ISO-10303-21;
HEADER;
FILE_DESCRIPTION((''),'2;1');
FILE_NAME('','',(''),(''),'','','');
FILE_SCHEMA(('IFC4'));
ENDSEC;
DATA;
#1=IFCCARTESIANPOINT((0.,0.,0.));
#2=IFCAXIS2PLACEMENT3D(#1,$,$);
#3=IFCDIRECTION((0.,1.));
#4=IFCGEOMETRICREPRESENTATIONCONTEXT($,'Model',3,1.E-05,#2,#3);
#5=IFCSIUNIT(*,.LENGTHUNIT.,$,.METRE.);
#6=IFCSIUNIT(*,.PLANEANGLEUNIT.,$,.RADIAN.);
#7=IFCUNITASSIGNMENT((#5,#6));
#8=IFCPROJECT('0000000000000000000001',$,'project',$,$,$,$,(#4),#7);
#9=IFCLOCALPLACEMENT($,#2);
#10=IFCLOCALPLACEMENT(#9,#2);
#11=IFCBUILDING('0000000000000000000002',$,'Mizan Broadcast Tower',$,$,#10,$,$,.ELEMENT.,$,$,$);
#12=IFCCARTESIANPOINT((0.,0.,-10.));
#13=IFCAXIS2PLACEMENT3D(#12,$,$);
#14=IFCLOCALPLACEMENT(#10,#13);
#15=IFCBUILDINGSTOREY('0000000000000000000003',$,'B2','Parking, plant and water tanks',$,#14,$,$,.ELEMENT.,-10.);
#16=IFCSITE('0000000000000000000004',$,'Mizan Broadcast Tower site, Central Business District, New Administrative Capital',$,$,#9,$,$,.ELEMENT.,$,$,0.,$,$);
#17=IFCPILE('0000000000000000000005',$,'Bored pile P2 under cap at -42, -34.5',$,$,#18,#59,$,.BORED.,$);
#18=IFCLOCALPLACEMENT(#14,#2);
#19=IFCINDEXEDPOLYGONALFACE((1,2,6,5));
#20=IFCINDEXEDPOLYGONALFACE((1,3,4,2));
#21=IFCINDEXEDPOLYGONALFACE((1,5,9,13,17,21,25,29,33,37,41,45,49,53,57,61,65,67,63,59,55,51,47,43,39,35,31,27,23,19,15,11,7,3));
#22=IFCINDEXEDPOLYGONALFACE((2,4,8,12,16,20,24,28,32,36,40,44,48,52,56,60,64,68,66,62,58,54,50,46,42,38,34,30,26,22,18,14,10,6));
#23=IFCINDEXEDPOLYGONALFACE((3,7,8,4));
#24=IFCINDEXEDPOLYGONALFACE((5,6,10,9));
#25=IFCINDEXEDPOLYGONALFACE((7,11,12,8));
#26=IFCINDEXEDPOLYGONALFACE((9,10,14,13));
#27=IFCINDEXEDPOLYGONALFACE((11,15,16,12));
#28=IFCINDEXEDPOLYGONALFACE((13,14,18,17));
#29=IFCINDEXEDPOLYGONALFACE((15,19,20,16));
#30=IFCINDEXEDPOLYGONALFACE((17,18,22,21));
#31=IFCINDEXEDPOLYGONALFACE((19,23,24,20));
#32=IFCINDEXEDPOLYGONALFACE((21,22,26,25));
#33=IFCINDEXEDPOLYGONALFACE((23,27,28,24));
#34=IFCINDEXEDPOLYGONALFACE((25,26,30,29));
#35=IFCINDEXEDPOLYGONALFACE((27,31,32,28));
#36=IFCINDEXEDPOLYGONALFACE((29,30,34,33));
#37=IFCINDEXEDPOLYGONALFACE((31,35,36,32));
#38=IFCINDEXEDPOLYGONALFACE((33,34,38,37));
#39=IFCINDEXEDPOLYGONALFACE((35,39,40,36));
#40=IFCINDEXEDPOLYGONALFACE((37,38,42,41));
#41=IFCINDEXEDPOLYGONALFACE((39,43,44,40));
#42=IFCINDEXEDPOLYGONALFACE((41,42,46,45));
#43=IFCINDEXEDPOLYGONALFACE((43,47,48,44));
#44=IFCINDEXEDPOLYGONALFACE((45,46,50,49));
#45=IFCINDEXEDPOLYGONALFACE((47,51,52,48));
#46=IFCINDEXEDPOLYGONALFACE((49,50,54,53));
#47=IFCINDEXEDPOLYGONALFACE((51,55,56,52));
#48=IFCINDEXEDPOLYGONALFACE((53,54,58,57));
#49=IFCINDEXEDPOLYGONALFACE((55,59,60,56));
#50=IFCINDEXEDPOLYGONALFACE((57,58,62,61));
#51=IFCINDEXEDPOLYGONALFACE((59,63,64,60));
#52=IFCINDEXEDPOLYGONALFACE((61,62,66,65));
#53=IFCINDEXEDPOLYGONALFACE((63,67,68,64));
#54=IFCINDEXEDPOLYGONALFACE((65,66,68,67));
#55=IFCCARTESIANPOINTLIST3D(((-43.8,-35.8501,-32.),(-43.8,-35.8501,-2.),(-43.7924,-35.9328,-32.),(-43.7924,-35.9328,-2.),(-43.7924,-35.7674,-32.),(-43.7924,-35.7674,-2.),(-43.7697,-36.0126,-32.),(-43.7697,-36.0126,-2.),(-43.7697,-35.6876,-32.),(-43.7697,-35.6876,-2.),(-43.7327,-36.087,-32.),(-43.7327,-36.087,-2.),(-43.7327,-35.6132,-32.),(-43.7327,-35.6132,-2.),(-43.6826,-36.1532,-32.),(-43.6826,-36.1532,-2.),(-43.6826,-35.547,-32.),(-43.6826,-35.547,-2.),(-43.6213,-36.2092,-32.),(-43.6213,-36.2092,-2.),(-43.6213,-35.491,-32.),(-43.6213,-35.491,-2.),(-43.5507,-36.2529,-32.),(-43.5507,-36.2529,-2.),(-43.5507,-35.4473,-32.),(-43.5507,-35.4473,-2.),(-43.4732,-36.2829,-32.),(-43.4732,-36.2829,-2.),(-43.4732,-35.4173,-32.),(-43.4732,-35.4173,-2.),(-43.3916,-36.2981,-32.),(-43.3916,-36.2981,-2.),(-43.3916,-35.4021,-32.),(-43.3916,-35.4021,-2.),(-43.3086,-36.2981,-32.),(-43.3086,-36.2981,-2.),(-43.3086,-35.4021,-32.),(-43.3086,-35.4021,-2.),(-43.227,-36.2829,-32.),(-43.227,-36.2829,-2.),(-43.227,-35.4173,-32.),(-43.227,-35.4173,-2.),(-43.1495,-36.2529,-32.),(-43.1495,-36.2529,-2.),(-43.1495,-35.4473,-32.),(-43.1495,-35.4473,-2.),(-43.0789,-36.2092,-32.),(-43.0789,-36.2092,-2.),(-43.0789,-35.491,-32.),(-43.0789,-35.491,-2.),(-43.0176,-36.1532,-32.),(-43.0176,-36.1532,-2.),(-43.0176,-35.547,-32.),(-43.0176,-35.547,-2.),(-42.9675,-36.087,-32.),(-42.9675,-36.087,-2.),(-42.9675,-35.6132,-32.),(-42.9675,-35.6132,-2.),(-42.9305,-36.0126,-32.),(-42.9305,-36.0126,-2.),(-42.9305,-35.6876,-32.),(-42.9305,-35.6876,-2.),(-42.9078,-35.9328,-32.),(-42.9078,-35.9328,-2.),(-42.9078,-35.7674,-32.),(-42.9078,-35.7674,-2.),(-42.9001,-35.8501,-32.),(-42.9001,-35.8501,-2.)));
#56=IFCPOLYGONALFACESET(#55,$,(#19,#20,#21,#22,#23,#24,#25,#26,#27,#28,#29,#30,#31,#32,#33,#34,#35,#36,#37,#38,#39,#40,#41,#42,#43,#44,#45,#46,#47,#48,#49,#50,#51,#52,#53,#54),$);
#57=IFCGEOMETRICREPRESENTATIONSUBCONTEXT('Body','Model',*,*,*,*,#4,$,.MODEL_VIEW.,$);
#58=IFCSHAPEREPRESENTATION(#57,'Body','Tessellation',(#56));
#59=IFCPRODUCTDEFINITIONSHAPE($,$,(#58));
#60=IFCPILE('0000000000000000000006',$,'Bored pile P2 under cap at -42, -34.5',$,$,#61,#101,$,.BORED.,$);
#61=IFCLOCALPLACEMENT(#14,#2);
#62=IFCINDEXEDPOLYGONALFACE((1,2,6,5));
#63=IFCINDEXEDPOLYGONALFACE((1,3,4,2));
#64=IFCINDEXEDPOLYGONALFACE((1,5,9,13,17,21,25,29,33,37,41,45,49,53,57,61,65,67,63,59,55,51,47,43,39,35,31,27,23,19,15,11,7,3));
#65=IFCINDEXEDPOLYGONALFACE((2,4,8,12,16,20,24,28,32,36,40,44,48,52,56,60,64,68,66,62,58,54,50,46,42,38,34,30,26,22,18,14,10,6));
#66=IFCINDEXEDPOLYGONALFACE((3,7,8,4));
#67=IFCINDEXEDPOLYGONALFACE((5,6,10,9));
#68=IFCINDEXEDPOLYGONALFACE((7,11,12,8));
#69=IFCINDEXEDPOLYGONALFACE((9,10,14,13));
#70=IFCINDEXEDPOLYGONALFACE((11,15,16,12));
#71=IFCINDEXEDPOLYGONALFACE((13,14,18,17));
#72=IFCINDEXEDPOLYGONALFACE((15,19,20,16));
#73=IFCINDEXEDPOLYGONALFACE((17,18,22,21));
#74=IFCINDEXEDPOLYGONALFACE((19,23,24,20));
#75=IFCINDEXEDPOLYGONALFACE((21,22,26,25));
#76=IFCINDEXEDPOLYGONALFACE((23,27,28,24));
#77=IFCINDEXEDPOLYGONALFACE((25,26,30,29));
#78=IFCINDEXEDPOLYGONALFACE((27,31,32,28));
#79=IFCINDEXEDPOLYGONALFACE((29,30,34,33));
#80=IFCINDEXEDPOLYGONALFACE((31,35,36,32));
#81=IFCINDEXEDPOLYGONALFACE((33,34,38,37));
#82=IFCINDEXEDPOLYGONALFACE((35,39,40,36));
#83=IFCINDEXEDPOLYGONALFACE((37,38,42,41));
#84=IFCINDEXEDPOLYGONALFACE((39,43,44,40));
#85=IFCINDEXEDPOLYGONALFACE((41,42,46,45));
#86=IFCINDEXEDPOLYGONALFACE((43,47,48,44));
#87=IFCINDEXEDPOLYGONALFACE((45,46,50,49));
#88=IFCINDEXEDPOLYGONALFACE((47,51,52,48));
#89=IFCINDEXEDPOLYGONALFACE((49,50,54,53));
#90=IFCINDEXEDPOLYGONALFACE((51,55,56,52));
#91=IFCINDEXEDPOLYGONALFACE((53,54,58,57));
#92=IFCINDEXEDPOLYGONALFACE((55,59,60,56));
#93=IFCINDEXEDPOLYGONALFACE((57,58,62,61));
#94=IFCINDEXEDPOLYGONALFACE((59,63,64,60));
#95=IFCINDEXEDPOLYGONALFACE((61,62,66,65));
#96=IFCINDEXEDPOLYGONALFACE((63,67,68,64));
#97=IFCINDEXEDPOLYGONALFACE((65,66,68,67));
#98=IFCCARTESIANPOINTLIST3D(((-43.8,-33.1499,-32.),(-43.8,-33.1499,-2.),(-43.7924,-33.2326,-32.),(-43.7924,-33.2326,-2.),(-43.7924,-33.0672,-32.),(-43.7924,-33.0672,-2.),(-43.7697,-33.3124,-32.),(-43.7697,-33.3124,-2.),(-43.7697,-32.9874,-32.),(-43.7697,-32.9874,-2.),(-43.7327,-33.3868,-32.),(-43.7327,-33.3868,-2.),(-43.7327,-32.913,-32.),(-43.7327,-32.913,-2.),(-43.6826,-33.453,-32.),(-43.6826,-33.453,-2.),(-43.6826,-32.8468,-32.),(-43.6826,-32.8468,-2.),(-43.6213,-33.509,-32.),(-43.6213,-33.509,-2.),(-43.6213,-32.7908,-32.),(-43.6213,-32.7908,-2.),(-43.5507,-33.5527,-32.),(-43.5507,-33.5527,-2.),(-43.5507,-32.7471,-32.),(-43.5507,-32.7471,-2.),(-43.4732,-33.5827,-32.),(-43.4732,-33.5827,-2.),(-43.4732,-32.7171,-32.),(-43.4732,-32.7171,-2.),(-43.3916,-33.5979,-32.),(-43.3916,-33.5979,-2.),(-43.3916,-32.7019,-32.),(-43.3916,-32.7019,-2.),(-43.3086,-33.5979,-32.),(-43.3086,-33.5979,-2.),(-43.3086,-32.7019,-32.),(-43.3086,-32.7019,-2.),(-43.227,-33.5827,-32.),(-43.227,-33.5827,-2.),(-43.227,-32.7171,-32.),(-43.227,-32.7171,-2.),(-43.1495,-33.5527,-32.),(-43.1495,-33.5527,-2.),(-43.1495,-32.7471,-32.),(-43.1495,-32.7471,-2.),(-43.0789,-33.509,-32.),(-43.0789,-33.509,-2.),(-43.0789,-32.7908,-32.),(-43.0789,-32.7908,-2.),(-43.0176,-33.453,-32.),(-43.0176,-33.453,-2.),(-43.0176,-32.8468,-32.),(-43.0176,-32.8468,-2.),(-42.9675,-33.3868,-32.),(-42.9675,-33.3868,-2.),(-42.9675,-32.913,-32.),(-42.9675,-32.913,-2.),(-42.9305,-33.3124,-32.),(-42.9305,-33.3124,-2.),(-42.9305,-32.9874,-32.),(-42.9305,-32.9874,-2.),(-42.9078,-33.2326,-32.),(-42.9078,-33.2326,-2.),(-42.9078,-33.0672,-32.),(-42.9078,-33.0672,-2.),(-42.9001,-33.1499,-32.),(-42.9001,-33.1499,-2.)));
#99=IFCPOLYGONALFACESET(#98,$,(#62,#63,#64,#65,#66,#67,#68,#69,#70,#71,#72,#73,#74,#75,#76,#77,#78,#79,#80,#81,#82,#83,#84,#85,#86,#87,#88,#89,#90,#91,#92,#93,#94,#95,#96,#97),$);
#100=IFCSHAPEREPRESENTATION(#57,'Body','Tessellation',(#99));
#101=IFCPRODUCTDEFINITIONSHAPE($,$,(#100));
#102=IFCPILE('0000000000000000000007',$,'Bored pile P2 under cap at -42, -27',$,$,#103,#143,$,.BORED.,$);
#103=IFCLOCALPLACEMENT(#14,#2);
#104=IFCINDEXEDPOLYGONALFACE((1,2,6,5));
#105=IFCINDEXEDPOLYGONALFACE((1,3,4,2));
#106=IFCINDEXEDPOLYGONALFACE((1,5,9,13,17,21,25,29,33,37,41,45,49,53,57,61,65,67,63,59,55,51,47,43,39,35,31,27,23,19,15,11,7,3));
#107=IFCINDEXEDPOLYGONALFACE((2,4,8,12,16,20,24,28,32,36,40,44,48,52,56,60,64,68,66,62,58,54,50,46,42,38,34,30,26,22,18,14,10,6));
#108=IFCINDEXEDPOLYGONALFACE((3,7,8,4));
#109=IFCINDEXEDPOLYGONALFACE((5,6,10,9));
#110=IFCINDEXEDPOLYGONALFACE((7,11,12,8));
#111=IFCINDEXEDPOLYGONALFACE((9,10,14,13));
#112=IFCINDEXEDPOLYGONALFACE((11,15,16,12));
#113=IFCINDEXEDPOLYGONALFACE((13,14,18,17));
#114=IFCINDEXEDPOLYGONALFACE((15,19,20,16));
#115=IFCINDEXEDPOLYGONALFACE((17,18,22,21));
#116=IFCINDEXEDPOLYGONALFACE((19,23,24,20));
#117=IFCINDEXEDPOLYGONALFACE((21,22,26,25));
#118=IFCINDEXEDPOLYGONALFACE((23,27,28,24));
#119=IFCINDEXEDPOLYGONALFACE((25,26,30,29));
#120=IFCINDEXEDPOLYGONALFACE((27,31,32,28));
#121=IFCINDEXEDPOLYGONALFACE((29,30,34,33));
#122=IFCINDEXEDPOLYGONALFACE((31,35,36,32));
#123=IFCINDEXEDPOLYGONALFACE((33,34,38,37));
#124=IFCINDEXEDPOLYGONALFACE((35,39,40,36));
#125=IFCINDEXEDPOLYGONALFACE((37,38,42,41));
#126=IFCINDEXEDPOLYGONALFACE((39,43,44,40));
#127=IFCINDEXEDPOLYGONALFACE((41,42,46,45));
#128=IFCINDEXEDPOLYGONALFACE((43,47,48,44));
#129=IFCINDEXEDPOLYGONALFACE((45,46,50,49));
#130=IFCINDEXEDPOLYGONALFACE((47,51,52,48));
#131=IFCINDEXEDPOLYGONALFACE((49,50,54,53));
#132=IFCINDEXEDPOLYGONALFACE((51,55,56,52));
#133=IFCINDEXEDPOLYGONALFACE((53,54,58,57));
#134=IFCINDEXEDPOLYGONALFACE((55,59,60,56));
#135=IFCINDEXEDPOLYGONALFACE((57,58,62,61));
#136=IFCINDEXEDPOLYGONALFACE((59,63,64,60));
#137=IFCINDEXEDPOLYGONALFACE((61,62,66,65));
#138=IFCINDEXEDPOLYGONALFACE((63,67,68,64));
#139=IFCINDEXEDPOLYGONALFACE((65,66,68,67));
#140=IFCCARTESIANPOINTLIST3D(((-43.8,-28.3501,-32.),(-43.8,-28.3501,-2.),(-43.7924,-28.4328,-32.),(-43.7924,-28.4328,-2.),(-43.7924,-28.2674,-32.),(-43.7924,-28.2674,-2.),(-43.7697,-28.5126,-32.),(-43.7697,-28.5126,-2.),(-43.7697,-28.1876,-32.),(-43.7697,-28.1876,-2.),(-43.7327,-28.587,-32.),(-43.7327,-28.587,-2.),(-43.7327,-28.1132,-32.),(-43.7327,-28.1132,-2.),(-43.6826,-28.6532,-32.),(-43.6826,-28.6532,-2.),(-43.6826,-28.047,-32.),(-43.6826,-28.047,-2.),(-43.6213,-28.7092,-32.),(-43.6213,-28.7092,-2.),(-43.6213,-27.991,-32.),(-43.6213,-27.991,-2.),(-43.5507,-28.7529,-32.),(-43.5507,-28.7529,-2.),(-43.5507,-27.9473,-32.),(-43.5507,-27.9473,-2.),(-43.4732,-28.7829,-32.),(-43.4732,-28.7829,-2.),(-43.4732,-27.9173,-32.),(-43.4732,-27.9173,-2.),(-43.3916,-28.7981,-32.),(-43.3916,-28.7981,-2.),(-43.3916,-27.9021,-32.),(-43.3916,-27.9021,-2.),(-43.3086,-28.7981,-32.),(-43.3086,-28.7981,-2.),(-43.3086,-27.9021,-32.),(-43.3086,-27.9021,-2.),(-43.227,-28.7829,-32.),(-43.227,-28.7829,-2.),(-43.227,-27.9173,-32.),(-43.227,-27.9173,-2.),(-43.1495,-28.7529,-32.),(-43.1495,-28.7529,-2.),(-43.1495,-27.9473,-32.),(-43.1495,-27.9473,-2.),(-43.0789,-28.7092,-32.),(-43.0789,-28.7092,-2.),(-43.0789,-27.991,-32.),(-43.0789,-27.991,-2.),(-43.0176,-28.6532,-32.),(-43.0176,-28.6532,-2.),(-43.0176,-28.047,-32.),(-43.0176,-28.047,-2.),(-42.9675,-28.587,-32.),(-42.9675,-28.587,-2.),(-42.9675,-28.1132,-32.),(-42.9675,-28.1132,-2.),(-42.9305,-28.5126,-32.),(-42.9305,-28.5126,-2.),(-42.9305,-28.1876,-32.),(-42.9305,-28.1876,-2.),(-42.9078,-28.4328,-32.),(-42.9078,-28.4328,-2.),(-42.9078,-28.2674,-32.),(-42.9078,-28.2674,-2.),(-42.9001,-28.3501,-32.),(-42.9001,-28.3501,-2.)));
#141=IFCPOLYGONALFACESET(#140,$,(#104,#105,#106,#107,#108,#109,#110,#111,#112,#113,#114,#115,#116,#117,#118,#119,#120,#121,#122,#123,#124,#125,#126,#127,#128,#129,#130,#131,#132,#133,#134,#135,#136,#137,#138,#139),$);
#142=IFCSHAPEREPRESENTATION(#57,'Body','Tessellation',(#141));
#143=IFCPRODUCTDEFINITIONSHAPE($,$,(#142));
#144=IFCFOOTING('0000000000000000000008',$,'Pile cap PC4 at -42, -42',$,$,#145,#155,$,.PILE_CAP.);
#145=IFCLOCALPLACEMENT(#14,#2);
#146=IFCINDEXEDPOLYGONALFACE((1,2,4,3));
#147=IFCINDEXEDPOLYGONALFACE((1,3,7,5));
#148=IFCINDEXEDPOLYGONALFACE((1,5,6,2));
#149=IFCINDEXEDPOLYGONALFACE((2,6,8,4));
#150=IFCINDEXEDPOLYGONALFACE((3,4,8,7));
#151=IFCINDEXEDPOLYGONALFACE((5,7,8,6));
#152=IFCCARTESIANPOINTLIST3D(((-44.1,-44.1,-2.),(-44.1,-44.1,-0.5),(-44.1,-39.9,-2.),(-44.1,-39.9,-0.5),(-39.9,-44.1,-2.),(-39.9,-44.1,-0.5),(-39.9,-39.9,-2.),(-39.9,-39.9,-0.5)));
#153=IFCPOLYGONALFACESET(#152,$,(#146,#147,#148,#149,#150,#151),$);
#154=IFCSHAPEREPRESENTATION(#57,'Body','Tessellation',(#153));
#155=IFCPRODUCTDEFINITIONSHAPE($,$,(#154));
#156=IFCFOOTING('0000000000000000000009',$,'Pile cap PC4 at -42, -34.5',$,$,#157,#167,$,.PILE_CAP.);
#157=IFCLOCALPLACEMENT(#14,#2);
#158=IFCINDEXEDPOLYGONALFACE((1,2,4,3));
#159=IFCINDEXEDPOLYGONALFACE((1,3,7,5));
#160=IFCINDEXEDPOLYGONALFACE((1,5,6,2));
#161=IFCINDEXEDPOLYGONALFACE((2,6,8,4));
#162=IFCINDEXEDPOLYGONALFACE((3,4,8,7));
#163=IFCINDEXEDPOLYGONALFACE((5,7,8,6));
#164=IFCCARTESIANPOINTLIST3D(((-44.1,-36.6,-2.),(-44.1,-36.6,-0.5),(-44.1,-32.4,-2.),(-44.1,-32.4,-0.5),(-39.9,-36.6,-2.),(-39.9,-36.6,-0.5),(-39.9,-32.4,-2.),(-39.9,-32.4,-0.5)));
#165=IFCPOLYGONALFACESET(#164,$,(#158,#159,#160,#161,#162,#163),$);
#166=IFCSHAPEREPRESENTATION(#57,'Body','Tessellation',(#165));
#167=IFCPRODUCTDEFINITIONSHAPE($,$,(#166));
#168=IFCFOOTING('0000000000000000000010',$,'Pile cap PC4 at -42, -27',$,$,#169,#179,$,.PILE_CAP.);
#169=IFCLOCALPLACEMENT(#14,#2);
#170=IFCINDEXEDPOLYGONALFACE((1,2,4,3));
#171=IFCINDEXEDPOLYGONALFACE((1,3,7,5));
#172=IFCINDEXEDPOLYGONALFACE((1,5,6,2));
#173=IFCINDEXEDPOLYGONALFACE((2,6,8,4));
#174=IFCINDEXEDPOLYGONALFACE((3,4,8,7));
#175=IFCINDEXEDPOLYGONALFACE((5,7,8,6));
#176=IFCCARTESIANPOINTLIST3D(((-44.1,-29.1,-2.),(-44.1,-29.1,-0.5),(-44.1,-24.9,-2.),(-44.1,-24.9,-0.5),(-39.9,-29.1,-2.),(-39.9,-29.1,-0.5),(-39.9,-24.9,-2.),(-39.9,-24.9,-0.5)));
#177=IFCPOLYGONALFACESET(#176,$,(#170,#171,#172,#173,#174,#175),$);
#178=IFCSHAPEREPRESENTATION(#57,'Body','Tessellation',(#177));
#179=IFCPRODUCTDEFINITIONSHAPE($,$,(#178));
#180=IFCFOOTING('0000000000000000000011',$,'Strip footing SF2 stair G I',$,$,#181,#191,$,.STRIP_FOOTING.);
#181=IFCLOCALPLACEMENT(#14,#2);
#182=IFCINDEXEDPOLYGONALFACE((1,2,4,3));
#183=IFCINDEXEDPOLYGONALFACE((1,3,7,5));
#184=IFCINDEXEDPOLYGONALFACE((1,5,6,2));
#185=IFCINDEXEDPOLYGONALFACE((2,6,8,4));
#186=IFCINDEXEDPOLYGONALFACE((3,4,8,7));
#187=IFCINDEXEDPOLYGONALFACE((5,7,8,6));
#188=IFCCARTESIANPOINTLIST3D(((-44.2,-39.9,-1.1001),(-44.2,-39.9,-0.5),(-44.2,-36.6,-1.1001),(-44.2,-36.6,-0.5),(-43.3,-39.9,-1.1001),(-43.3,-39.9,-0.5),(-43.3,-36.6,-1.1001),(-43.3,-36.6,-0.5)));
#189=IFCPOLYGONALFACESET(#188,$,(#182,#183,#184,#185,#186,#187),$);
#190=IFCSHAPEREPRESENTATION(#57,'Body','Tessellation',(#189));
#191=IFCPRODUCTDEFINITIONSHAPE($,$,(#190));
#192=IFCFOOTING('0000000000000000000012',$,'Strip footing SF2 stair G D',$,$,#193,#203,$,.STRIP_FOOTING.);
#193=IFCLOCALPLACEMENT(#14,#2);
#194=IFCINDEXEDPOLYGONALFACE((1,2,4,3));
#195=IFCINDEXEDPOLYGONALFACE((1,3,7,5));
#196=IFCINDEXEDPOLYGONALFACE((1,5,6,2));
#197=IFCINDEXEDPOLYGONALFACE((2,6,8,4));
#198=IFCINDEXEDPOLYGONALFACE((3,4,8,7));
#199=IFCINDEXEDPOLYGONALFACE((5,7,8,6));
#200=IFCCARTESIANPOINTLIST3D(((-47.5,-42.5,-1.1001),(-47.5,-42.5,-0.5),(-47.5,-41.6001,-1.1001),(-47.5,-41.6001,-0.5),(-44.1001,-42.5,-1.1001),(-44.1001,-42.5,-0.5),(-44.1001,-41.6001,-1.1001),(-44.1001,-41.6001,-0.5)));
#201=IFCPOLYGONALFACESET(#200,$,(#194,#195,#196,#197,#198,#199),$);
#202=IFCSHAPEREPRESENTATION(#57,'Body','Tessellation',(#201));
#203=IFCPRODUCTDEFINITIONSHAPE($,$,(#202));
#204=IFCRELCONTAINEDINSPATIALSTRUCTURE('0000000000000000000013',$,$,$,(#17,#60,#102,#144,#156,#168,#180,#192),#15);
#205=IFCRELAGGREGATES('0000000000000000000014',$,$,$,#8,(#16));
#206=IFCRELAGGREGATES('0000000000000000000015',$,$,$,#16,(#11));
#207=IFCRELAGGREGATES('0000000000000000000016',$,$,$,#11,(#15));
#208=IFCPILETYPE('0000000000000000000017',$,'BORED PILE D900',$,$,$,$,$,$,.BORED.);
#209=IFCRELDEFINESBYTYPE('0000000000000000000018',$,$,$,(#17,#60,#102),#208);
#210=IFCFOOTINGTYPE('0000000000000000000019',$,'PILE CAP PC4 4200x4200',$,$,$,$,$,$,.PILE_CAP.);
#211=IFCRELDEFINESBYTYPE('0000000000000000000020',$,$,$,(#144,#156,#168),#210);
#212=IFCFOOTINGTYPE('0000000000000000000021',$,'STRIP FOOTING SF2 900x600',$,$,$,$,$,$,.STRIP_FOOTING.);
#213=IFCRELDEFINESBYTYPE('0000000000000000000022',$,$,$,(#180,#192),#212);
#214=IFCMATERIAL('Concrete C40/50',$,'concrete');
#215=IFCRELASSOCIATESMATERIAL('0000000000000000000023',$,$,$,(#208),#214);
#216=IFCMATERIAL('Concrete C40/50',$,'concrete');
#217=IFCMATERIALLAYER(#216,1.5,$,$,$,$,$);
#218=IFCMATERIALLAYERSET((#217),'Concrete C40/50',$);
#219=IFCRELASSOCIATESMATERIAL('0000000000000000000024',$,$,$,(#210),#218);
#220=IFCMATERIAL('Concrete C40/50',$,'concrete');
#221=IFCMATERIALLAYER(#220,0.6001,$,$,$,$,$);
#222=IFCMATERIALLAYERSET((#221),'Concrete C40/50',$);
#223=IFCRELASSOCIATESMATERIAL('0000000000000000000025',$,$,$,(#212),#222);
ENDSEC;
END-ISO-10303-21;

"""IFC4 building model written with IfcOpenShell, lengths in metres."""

from ifc_helpers import new_model, si_unit, direction, frame, origin, origin_2d, place, context, subcontext, project, spatial, rectangle, circle, extrude, material, layer, layer_set, material_profile, profile_set, type_object, element, save


model = new_model("IFC4")

# Units and contexts
model_context = context("Model", 3, precision=1e-05, world=origin(), true_north=direction((0.0, 1.0)))
body_context = subcontext(model_context, "Body", "Model", "MODEL_VIEW")
ifc_project = project(units=[si_unit("LENGTHUNIT", "METRE"), si_unit("PLANEANGLEUNIT", "RADIAN")], contexts=[model_context])

# Site, building, storey
site_placement = place(None, origin())
site = spatial("IfcSite", under=ifc_project, at=site_placement, Name="Mizan Broadcast Tower site, Central Business District, New Administrative Capital", CompositionType="ELEMENT", RefElevation=0.0)
building_placement = place(site_placement, origin())
building = spatial("IfcBuilding", under=site, at=building_placement, Name="Mizan Broadcast Tower", CompositionType="ELEMENT")
storey_placement = place(building_placement, frame((0.0, 0.0, -10.0)))
storey = spatial("IfcBuildingStorey", under=building, at=storey_placement, Name="B2", Description="Parking, plant and water tanks", CompositionType="ELEMENT", Elevation=-10.0)

# Piles
ifc_material_1 = material(Name="Concrete C40/50", Category="concrete")
ifc_material_profile_1 = material_profile(ifc_material_1, circle(Radius=0.45, at=origin_2d()), Name="D900")
ifc_profile_set_1 = profile_set([ifc_material_profile_1], Name="Concrete C40/50")
pile_type = type_object("IfcPileType", Name="BORED PILE D900", PredefinedType="BORED", material=ifc_profile_set_1)
for number, where, z_axis, x_axis, name in (
    (1, (-43.3501, -35.8501, -2.0), (0.0, 0.0, -1.0), (1.0, 0.0, 0.0), "Bored pile P2 under cap at -42, -34.5"),
    (2, (-43.3501, -33.1499, -2.0), (0.0, 0.0, -1.0), (1.0, 0.0, 0.0), "Bored pile P2 under cap at -42, -34.5"),
    (3, (-43.3501, -28.3501, -2.0), (0.0, 0.0, -1.0), (1.0, 0.0, 0.0), "Bored pile P2 under cap at -42, -27"),
):
    element("IfcPile", number, at=place(storey_placement, frame(where, z_axis=z_axis, x_axis=x_axis)), inside=storey, type_object=pile_type, Name=name, PredefinedType="BORED", context=body_context, shape_type="SweptSolid", body=[
        extrude(circle(Radius=0.45, at=origin_2d()), origin(), (0.0, 0.0, 1.0), 30.0),
    ])

# Footings
ifc_material_2 = material(Name="Concrete C40/50", Category="concrete")
ifc_layer_1 = layer(ifc_material_2, 1.5)
ifc_layer_set_1 = layer_set([ifc_layer_1], Name="Concrete C40/50")
footing_type_1 = type_object("IfcFootingType", Name="PILE CAP PC4 4200x4200", PredefinedType="PILE_CAP", material=ifc_layer_set_1)
for number, where, z_axis, x_axis, name in (
    (4, (-42.0, -42.0, -2.0), (0.0, 0.0, 1.0), (1.0, 0.0, 0.0), "Pile cap PC4 at -42, -42"),
    (5, (-42.0, -34.5, -2.0), (0.0, 0.0, 1.0), (1.0, 0.0, 0.0), "Pile cap PC4 at -42, -34.5"),
    (6, (-42.0, -27.0, -2.0), (0.0, 0.0, 1.0), (1.0, 0.0, 0.0), "Pile cap PC4 at -42, -27"),
):
    element("IfcFooting", number, at=place(storey_placement, frame(where, z_axis=z_axis, x_axis=x_axis)), inside=storey, type_object=footing_type_1, Name=name, PredefinedType="PILE_CAP", context=body_context, shape_type="SweptSolid", body=[
        extrude(rectangle(XDim=4.2, YDim=4.2, at=origin_2d()), origin(), (0.0, 0.0, 1.0), 1.5),
    ])
ifc_material_3 = material(Name="Concrete C40/50", Category="concrete")
ifc_layer_2 = layer(ifc_material_3, 0.6001)
ifc_layer_set_2 = layer_set([ifc_layer_2], Name="Concrete C40/50")
footing_type_2 = type_object("IfcFootingType", Name="STRIP FOOTING SF2 900x600", PredefinedType="STRIP_FOOTING", material=ifc_layer_set_2)
footing_placement = place(storey_placement, frame((-43.75, -38.25, -1.1001), z_axis=(0.0, 0.0, 1.0), x_axis=(1.0, 0.0, 0.0)))
element("IfcFooting", 7, at=footing_placement, inside=storey, type_object=footing_type_2, Name="Strip footing SF2 stair G I", PredefinedType="STRIP_FOOTING", context=body_context, shape_type="SweptSolid", body=[
    extrude(rectangle(XDim=0.8999, YDim=3.3, at=origin_2d()), origin(), (0.0, 0.0, 1.0), 0.6001),
])
for number, where, z_axis, x_axis, name in (
    (8, (-45.8, -42.05, -1.1001), (0.0, 0.0, 1.0), (1.0, 0.0, 0.0), "Strip footing SF2 stair G D"),
):
    element("IfcFooting", number, at=place(storey_placement, frame(where, z_axis=z_axis, x_axis=x_axis)), inside=storey, type_object=footing_type_2, Name=name, PredefinedType="STRIP_FOOTING", context=body_context, shape_type="SweptSolid", body=[
        extrude(rectangle(XDim=3.3999, YDim=0.8999, at=origin_2d()), origin(), (0.0, 0.0, 1.0), 0.6001),
    ])

save(model, "model.ifc")
